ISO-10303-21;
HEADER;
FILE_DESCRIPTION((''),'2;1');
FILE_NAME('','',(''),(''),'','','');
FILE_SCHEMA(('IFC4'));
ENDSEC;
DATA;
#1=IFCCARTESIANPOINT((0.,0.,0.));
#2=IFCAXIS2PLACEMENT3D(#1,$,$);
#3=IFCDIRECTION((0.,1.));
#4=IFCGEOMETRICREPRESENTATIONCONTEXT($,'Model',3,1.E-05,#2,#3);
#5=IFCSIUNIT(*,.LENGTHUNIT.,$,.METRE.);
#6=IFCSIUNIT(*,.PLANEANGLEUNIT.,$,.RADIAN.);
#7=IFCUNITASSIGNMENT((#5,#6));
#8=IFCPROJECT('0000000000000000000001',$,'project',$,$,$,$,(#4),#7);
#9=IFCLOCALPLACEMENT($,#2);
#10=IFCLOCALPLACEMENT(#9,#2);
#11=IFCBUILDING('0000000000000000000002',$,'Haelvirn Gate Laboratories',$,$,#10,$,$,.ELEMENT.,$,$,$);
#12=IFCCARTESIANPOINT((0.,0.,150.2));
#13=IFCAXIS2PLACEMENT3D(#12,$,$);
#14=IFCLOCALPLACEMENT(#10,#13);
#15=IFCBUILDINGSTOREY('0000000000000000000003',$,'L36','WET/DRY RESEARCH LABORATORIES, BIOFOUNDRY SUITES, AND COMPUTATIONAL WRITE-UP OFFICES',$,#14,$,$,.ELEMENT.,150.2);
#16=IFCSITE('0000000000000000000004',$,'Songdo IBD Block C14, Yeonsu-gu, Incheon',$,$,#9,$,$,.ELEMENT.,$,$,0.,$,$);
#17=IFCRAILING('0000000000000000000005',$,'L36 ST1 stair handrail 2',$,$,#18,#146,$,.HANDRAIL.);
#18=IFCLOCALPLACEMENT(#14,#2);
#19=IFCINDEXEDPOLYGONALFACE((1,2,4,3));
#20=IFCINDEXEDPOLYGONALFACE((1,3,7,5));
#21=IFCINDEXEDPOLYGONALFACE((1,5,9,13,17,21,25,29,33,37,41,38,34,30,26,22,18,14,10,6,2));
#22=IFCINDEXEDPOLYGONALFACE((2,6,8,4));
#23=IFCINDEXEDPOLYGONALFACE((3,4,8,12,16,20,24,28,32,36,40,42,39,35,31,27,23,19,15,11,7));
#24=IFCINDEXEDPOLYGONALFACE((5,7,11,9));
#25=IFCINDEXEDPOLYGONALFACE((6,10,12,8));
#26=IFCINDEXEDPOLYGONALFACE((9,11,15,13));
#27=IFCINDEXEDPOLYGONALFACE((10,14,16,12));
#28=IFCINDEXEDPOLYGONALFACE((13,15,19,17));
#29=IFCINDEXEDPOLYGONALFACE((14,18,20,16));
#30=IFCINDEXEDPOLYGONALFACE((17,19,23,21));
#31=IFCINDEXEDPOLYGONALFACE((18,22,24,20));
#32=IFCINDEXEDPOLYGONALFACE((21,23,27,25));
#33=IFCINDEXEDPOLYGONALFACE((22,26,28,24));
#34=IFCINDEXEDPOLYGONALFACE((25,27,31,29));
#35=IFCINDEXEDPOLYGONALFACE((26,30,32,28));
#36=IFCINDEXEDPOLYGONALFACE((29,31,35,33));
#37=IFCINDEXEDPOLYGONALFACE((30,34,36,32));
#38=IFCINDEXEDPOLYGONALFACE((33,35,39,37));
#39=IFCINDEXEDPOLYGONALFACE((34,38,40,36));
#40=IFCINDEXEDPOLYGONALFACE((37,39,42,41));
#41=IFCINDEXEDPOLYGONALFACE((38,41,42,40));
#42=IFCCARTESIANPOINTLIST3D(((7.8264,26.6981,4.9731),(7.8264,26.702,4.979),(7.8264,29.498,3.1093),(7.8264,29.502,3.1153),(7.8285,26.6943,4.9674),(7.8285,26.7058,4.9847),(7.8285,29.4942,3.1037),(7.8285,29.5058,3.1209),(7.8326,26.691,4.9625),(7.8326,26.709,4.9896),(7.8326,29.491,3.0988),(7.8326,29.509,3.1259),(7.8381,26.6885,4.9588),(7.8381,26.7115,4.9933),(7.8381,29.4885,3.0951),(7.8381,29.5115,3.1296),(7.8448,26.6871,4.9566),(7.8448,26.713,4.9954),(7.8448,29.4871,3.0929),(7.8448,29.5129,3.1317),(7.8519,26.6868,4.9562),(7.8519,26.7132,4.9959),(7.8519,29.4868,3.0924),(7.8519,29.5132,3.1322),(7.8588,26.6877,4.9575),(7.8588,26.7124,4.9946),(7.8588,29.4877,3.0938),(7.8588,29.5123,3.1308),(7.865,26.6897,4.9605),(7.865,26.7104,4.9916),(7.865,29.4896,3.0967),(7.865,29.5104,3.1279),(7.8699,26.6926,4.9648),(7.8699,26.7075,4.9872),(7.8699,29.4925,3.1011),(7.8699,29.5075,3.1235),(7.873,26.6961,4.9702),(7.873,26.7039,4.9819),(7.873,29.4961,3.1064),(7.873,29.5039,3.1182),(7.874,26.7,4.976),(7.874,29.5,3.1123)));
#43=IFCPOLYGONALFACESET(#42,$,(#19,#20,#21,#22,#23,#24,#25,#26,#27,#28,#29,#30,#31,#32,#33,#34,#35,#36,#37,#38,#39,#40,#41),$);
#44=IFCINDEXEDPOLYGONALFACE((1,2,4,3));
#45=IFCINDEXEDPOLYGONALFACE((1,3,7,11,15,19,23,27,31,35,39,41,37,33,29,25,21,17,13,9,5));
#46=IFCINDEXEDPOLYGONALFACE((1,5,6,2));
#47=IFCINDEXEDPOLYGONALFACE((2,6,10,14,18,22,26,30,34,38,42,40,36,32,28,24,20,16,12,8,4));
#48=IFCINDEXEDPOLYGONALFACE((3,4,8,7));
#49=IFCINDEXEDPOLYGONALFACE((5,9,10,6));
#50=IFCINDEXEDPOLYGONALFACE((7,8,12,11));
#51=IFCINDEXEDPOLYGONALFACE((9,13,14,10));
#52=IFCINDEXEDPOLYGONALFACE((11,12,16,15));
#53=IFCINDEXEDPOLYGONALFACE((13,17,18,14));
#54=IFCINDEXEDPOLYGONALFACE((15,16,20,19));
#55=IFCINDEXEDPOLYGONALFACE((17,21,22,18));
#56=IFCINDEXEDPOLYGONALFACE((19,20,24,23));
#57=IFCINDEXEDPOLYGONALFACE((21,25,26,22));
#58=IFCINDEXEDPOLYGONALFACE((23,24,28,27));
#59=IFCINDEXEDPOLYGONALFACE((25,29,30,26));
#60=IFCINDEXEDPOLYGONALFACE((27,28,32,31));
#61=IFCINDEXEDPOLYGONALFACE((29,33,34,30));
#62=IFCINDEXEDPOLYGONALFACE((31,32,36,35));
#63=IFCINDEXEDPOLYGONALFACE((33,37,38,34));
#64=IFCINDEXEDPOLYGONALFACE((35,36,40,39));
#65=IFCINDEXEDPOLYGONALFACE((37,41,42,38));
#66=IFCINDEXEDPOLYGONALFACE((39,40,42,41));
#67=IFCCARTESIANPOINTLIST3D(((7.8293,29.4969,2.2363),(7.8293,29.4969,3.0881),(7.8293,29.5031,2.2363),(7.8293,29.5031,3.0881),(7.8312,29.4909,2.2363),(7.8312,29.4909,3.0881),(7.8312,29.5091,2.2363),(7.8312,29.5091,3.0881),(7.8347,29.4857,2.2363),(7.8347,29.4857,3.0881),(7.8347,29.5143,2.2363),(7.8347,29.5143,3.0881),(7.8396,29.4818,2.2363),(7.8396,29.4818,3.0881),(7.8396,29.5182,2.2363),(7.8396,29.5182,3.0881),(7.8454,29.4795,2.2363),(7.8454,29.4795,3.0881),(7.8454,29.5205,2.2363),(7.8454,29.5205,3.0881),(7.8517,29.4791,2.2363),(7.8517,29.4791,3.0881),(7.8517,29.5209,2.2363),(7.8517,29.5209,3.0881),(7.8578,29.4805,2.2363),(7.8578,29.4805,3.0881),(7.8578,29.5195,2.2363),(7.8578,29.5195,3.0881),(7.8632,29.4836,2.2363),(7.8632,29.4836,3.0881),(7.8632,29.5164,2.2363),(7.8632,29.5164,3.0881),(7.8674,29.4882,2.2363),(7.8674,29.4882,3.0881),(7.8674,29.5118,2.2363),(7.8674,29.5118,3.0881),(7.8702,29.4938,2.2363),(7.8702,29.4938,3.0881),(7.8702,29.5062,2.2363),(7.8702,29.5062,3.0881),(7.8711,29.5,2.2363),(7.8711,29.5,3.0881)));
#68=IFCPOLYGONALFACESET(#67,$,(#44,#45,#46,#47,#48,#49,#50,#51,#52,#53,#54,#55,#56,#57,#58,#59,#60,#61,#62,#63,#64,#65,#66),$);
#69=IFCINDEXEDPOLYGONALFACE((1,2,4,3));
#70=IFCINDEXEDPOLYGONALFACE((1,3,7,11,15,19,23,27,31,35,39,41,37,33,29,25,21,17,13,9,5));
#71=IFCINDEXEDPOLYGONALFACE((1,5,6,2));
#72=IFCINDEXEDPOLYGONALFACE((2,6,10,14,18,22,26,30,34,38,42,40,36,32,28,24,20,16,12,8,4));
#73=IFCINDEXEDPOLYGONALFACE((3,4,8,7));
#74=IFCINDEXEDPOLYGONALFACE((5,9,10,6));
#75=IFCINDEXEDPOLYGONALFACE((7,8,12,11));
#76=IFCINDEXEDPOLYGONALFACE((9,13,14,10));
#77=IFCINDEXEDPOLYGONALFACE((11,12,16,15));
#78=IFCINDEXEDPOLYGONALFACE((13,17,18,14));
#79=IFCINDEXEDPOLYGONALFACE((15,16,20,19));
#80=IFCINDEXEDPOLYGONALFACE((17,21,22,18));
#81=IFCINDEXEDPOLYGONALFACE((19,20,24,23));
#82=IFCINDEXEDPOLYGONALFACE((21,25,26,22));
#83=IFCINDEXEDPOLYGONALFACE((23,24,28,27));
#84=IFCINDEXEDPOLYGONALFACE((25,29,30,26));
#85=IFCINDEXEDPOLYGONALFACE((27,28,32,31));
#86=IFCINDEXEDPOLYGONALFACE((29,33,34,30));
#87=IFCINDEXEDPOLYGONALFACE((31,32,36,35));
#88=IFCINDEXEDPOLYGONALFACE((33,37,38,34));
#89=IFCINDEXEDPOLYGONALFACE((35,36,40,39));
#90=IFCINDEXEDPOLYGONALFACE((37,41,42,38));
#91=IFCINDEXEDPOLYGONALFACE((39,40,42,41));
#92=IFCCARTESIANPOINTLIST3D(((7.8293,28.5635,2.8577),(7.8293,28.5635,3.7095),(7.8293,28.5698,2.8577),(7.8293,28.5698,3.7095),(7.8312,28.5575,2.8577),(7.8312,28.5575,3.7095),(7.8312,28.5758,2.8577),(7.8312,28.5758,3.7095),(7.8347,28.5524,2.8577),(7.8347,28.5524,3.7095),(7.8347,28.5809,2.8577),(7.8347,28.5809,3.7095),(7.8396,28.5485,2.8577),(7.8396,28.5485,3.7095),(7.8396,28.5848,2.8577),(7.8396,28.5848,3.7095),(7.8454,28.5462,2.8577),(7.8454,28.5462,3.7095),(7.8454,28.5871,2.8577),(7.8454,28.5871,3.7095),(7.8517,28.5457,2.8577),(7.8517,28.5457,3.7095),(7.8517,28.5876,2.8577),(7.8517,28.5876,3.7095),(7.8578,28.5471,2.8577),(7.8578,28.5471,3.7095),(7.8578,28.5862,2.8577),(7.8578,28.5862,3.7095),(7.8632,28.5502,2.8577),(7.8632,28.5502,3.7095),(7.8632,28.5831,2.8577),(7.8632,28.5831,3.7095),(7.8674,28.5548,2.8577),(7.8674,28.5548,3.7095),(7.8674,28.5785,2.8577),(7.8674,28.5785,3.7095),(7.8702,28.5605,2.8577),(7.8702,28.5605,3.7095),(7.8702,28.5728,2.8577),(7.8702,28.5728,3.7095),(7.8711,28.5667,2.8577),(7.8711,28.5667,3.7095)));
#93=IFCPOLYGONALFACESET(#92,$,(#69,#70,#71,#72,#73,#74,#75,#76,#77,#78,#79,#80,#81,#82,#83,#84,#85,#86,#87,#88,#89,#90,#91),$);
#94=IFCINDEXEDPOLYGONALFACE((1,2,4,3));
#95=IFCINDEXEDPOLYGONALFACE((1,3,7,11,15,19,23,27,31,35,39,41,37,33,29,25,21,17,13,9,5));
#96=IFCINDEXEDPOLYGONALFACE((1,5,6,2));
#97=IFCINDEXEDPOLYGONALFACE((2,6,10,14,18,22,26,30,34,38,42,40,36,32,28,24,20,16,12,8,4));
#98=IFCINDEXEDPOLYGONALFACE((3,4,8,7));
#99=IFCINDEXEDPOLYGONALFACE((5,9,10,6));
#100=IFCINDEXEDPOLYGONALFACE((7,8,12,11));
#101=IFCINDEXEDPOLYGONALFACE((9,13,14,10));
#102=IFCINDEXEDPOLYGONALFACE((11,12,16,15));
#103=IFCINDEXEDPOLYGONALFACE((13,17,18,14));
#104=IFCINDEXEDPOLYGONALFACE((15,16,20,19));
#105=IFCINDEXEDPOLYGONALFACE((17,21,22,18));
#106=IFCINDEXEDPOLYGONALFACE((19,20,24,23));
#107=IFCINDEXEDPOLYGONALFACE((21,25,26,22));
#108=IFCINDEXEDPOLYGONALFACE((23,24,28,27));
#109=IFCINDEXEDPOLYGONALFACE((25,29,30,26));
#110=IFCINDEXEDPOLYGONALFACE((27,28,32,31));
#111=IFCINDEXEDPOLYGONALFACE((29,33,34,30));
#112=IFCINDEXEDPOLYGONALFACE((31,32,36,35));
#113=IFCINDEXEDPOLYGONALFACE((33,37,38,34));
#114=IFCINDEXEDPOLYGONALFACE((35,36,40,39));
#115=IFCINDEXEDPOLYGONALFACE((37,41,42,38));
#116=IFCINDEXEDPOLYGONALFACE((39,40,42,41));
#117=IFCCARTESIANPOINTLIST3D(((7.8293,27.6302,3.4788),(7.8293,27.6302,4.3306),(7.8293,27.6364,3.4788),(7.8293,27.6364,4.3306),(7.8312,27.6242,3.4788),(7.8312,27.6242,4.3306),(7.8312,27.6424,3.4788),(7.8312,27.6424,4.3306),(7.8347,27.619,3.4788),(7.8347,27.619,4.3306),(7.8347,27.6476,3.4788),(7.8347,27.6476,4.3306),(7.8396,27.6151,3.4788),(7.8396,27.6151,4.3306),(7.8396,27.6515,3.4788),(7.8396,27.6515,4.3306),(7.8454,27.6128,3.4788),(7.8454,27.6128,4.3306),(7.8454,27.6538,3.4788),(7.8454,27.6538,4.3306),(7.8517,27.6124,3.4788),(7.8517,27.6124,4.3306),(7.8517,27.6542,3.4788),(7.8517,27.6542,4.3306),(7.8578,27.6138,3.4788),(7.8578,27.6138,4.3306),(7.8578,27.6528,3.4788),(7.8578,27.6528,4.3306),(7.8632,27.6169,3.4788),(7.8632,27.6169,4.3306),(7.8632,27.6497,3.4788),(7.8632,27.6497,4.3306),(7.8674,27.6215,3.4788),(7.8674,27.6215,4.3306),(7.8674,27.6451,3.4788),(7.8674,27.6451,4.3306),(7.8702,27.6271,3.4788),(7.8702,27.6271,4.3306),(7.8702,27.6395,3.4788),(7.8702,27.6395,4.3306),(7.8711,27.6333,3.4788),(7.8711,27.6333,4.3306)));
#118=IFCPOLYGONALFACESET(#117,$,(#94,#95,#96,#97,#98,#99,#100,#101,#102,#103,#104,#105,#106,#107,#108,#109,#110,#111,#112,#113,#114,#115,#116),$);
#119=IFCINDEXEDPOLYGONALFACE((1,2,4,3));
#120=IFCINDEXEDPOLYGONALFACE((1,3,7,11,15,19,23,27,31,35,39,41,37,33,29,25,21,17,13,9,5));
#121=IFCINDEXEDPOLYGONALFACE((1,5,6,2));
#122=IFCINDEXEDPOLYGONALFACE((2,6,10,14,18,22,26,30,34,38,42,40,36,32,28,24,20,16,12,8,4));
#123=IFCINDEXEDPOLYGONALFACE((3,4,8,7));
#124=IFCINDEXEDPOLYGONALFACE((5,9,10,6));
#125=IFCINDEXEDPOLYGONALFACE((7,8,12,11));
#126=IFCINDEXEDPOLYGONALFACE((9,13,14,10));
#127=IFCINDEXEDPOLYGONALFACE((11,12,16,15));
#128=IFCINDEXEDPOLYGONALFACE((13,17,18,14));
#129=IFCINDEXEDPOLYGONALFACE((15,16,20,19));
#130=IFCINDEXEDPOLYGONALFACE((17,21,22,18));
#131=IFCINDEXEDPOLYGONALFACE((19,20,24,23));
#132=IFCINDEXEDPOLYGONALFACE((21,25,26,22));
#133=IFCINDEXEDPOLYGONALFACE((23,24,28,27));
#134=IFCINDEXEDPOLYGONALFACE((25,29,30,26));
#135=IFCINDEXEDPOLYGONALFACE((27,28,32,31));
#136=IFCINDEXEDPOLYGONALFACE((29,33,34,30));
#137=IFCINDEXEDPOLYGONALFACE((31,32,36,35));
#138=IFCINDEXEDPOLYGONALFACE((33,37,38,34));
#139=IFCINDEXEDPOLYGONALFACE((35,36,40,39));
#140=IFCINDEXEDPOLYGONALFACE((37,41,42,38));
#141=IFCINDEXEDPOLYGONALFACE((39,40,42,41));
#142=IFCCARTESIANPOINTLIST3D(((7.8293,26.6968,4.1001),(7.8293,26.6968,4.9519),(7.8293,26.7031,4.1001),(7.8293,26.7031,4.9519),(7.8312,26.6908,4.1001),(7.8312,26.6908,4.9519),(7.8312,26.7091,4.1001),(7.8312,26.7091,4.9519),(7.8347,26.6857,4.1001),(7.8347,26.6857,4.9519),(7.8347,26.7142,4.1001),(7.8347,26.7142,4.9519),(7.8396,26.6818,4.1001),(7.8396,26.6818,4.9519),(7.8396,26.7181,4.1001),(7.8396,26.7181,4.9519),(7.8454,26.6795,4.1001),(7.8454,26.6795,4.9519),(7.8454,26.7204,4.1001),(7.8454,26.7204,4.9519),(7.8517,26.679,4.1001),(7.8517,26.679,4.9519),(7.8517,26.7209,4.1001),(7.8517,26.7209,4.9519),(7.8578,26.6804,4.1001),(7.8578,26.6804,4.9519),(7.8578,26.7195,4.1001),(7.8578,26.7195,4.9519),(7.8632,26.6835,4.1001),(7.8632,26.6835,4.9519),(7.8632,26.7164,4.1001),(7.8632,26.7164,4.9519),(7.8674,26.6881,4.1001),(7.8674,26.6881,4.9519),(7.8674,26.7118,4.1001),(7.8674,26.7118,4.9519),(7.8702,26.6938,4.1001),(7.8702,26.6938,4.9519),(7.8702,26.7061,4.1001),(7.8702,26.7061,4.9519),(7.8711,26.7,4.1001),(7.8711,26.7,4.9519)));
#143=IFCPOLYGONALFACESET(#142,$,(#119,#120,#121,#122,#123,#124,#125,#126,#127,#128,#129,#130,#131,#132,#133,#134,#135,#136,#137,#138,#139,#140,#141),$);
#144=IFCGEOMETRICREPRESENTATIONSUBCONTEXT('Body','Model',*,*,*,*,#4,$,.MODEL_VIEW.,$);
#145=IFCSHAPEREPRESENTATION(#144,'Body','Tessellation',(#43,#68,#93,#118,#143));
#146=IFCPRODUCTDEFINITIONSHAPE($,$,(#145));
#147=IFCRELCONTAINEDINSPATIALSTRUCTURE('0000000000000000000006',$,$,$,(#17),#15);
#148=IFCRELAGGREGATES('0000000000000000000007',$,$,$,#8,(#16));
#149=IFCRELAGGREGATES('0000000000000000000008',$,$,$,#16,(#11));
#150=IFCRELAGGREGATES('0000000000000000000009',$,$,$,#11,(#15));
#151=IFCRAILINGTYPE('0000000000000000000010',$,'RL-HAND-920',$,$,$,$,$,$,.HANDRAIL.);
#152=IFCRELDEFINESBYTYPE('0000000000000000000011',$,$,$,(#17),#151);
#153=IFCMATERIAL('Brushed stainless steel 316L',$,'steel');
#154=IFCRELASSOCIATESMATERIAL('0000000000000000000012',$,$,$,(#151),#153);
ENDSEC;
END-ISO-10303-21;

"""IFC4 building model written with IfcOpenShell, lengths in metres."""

from ifc_helpers import new_model, si_unit, direction, frame, origin, origin_2d, place, context, subcontext, project, spatial, circle, extrude, source, transform, mapped, material, type_object, element, save


model = new_model("IFC4")

# Units and contexts
model_context = context("Model", 3, precision=1e-05, world=origin(), true_north=direction((0.0, 1.0)))
body_context = subcontext(model_context, "Body", "Model", "MODEL_VIEW")
ifc_project = project(units=[si_unit("LENGTHUNIT", "METRE"), si_unit("PLANEANGLEUNIT", "RADIAN")], contexts=[model_context])

# Site, building, storey
site_placement = place(None, origin())
site = spatial("IfcSite", under=ifc_project, at=site_placement, Name="Songdo IBD Block C14, Yeonsu-gu, Incheon", CompositionType="ELEMENT", RefElevation=0.0)
building_placement = place(site_placement, origin())
building = spatial("IfcBuilding", under=site, at=building_placement, Name="Haelvirn Gate Laboratories", CompositionType="ELEMENT")
storey_placement = place(building_placement, frame((0.0, 0.0, 150.2)))
storey = spatial("IfcBuildingStorey", under=building, at=storey_placement, Name="L36", Description="WET/DRY RESEARCH LABORATORIES, BIOFOUNDRY SUITES, AND COMPUTATIONAL WRITE-UP OFFICES", CompositionType="ELEMENT", Elevation=150.2)

# Railing
ifc_material_1 = material(Name="Brushed stainless steel 316L", Category="steel")
railing_type_1 = type_object("IfcRailingType", Name="RL-HAND-920", PredefinedType="HANDRAIL", material=ifc_material_1)
shared_shape_1 = source(origin(), body_context, "Body", "SweptSolid", [
    extrude(circle(Radius=0.0239, at=origin_2d()), frame((0.0, 0.0, 0.876), z_axis=(0.0, -0.832452, 0.554097), x_axis=(1.0, 0.0, 0.0)), (0.0, 0.0, 1.0), 3.3635),
    extrude(circle(Radius=0.021, at=origin_2d()), origin(), (0.0, 0.0, 1.0), 0.8518),
    extrude(circle(Radius=0.021, at=origin_2d()), frame((0.0, -0.9333, 0.6213)), (0.0, 0.0, 1.0), 0.8518),
    extrude(circle(Radius=0.021, at=origin_2d()), frame((0.0, -1.8667, 1.2424)), (0.0, 0.0, 1.0), 0.8518),
    extrude(circle(Radius=0.021, at=origin_2d()), frame((0.0, -2.8, 1.8638)), (0.0, 0.0, 1.0), 0.8518),
])
railing_1_placement = place(storey_placement, frame((7.8501, 29.5, 2.2363)))
element("IfcRailing", 1, at=railing_1_placement, inside=storey, type_object=railing_type_1, Name="L36 ST1 stair handrail 2", PredefinedType="HANDRAIL", context=body_context, shape_type="MappedRepresentation", body=[
    mapped(shared_shape_1, transform((0.0, 0.0, 0.0), scale=1.0)),
])

save(model, "model.ifc")
